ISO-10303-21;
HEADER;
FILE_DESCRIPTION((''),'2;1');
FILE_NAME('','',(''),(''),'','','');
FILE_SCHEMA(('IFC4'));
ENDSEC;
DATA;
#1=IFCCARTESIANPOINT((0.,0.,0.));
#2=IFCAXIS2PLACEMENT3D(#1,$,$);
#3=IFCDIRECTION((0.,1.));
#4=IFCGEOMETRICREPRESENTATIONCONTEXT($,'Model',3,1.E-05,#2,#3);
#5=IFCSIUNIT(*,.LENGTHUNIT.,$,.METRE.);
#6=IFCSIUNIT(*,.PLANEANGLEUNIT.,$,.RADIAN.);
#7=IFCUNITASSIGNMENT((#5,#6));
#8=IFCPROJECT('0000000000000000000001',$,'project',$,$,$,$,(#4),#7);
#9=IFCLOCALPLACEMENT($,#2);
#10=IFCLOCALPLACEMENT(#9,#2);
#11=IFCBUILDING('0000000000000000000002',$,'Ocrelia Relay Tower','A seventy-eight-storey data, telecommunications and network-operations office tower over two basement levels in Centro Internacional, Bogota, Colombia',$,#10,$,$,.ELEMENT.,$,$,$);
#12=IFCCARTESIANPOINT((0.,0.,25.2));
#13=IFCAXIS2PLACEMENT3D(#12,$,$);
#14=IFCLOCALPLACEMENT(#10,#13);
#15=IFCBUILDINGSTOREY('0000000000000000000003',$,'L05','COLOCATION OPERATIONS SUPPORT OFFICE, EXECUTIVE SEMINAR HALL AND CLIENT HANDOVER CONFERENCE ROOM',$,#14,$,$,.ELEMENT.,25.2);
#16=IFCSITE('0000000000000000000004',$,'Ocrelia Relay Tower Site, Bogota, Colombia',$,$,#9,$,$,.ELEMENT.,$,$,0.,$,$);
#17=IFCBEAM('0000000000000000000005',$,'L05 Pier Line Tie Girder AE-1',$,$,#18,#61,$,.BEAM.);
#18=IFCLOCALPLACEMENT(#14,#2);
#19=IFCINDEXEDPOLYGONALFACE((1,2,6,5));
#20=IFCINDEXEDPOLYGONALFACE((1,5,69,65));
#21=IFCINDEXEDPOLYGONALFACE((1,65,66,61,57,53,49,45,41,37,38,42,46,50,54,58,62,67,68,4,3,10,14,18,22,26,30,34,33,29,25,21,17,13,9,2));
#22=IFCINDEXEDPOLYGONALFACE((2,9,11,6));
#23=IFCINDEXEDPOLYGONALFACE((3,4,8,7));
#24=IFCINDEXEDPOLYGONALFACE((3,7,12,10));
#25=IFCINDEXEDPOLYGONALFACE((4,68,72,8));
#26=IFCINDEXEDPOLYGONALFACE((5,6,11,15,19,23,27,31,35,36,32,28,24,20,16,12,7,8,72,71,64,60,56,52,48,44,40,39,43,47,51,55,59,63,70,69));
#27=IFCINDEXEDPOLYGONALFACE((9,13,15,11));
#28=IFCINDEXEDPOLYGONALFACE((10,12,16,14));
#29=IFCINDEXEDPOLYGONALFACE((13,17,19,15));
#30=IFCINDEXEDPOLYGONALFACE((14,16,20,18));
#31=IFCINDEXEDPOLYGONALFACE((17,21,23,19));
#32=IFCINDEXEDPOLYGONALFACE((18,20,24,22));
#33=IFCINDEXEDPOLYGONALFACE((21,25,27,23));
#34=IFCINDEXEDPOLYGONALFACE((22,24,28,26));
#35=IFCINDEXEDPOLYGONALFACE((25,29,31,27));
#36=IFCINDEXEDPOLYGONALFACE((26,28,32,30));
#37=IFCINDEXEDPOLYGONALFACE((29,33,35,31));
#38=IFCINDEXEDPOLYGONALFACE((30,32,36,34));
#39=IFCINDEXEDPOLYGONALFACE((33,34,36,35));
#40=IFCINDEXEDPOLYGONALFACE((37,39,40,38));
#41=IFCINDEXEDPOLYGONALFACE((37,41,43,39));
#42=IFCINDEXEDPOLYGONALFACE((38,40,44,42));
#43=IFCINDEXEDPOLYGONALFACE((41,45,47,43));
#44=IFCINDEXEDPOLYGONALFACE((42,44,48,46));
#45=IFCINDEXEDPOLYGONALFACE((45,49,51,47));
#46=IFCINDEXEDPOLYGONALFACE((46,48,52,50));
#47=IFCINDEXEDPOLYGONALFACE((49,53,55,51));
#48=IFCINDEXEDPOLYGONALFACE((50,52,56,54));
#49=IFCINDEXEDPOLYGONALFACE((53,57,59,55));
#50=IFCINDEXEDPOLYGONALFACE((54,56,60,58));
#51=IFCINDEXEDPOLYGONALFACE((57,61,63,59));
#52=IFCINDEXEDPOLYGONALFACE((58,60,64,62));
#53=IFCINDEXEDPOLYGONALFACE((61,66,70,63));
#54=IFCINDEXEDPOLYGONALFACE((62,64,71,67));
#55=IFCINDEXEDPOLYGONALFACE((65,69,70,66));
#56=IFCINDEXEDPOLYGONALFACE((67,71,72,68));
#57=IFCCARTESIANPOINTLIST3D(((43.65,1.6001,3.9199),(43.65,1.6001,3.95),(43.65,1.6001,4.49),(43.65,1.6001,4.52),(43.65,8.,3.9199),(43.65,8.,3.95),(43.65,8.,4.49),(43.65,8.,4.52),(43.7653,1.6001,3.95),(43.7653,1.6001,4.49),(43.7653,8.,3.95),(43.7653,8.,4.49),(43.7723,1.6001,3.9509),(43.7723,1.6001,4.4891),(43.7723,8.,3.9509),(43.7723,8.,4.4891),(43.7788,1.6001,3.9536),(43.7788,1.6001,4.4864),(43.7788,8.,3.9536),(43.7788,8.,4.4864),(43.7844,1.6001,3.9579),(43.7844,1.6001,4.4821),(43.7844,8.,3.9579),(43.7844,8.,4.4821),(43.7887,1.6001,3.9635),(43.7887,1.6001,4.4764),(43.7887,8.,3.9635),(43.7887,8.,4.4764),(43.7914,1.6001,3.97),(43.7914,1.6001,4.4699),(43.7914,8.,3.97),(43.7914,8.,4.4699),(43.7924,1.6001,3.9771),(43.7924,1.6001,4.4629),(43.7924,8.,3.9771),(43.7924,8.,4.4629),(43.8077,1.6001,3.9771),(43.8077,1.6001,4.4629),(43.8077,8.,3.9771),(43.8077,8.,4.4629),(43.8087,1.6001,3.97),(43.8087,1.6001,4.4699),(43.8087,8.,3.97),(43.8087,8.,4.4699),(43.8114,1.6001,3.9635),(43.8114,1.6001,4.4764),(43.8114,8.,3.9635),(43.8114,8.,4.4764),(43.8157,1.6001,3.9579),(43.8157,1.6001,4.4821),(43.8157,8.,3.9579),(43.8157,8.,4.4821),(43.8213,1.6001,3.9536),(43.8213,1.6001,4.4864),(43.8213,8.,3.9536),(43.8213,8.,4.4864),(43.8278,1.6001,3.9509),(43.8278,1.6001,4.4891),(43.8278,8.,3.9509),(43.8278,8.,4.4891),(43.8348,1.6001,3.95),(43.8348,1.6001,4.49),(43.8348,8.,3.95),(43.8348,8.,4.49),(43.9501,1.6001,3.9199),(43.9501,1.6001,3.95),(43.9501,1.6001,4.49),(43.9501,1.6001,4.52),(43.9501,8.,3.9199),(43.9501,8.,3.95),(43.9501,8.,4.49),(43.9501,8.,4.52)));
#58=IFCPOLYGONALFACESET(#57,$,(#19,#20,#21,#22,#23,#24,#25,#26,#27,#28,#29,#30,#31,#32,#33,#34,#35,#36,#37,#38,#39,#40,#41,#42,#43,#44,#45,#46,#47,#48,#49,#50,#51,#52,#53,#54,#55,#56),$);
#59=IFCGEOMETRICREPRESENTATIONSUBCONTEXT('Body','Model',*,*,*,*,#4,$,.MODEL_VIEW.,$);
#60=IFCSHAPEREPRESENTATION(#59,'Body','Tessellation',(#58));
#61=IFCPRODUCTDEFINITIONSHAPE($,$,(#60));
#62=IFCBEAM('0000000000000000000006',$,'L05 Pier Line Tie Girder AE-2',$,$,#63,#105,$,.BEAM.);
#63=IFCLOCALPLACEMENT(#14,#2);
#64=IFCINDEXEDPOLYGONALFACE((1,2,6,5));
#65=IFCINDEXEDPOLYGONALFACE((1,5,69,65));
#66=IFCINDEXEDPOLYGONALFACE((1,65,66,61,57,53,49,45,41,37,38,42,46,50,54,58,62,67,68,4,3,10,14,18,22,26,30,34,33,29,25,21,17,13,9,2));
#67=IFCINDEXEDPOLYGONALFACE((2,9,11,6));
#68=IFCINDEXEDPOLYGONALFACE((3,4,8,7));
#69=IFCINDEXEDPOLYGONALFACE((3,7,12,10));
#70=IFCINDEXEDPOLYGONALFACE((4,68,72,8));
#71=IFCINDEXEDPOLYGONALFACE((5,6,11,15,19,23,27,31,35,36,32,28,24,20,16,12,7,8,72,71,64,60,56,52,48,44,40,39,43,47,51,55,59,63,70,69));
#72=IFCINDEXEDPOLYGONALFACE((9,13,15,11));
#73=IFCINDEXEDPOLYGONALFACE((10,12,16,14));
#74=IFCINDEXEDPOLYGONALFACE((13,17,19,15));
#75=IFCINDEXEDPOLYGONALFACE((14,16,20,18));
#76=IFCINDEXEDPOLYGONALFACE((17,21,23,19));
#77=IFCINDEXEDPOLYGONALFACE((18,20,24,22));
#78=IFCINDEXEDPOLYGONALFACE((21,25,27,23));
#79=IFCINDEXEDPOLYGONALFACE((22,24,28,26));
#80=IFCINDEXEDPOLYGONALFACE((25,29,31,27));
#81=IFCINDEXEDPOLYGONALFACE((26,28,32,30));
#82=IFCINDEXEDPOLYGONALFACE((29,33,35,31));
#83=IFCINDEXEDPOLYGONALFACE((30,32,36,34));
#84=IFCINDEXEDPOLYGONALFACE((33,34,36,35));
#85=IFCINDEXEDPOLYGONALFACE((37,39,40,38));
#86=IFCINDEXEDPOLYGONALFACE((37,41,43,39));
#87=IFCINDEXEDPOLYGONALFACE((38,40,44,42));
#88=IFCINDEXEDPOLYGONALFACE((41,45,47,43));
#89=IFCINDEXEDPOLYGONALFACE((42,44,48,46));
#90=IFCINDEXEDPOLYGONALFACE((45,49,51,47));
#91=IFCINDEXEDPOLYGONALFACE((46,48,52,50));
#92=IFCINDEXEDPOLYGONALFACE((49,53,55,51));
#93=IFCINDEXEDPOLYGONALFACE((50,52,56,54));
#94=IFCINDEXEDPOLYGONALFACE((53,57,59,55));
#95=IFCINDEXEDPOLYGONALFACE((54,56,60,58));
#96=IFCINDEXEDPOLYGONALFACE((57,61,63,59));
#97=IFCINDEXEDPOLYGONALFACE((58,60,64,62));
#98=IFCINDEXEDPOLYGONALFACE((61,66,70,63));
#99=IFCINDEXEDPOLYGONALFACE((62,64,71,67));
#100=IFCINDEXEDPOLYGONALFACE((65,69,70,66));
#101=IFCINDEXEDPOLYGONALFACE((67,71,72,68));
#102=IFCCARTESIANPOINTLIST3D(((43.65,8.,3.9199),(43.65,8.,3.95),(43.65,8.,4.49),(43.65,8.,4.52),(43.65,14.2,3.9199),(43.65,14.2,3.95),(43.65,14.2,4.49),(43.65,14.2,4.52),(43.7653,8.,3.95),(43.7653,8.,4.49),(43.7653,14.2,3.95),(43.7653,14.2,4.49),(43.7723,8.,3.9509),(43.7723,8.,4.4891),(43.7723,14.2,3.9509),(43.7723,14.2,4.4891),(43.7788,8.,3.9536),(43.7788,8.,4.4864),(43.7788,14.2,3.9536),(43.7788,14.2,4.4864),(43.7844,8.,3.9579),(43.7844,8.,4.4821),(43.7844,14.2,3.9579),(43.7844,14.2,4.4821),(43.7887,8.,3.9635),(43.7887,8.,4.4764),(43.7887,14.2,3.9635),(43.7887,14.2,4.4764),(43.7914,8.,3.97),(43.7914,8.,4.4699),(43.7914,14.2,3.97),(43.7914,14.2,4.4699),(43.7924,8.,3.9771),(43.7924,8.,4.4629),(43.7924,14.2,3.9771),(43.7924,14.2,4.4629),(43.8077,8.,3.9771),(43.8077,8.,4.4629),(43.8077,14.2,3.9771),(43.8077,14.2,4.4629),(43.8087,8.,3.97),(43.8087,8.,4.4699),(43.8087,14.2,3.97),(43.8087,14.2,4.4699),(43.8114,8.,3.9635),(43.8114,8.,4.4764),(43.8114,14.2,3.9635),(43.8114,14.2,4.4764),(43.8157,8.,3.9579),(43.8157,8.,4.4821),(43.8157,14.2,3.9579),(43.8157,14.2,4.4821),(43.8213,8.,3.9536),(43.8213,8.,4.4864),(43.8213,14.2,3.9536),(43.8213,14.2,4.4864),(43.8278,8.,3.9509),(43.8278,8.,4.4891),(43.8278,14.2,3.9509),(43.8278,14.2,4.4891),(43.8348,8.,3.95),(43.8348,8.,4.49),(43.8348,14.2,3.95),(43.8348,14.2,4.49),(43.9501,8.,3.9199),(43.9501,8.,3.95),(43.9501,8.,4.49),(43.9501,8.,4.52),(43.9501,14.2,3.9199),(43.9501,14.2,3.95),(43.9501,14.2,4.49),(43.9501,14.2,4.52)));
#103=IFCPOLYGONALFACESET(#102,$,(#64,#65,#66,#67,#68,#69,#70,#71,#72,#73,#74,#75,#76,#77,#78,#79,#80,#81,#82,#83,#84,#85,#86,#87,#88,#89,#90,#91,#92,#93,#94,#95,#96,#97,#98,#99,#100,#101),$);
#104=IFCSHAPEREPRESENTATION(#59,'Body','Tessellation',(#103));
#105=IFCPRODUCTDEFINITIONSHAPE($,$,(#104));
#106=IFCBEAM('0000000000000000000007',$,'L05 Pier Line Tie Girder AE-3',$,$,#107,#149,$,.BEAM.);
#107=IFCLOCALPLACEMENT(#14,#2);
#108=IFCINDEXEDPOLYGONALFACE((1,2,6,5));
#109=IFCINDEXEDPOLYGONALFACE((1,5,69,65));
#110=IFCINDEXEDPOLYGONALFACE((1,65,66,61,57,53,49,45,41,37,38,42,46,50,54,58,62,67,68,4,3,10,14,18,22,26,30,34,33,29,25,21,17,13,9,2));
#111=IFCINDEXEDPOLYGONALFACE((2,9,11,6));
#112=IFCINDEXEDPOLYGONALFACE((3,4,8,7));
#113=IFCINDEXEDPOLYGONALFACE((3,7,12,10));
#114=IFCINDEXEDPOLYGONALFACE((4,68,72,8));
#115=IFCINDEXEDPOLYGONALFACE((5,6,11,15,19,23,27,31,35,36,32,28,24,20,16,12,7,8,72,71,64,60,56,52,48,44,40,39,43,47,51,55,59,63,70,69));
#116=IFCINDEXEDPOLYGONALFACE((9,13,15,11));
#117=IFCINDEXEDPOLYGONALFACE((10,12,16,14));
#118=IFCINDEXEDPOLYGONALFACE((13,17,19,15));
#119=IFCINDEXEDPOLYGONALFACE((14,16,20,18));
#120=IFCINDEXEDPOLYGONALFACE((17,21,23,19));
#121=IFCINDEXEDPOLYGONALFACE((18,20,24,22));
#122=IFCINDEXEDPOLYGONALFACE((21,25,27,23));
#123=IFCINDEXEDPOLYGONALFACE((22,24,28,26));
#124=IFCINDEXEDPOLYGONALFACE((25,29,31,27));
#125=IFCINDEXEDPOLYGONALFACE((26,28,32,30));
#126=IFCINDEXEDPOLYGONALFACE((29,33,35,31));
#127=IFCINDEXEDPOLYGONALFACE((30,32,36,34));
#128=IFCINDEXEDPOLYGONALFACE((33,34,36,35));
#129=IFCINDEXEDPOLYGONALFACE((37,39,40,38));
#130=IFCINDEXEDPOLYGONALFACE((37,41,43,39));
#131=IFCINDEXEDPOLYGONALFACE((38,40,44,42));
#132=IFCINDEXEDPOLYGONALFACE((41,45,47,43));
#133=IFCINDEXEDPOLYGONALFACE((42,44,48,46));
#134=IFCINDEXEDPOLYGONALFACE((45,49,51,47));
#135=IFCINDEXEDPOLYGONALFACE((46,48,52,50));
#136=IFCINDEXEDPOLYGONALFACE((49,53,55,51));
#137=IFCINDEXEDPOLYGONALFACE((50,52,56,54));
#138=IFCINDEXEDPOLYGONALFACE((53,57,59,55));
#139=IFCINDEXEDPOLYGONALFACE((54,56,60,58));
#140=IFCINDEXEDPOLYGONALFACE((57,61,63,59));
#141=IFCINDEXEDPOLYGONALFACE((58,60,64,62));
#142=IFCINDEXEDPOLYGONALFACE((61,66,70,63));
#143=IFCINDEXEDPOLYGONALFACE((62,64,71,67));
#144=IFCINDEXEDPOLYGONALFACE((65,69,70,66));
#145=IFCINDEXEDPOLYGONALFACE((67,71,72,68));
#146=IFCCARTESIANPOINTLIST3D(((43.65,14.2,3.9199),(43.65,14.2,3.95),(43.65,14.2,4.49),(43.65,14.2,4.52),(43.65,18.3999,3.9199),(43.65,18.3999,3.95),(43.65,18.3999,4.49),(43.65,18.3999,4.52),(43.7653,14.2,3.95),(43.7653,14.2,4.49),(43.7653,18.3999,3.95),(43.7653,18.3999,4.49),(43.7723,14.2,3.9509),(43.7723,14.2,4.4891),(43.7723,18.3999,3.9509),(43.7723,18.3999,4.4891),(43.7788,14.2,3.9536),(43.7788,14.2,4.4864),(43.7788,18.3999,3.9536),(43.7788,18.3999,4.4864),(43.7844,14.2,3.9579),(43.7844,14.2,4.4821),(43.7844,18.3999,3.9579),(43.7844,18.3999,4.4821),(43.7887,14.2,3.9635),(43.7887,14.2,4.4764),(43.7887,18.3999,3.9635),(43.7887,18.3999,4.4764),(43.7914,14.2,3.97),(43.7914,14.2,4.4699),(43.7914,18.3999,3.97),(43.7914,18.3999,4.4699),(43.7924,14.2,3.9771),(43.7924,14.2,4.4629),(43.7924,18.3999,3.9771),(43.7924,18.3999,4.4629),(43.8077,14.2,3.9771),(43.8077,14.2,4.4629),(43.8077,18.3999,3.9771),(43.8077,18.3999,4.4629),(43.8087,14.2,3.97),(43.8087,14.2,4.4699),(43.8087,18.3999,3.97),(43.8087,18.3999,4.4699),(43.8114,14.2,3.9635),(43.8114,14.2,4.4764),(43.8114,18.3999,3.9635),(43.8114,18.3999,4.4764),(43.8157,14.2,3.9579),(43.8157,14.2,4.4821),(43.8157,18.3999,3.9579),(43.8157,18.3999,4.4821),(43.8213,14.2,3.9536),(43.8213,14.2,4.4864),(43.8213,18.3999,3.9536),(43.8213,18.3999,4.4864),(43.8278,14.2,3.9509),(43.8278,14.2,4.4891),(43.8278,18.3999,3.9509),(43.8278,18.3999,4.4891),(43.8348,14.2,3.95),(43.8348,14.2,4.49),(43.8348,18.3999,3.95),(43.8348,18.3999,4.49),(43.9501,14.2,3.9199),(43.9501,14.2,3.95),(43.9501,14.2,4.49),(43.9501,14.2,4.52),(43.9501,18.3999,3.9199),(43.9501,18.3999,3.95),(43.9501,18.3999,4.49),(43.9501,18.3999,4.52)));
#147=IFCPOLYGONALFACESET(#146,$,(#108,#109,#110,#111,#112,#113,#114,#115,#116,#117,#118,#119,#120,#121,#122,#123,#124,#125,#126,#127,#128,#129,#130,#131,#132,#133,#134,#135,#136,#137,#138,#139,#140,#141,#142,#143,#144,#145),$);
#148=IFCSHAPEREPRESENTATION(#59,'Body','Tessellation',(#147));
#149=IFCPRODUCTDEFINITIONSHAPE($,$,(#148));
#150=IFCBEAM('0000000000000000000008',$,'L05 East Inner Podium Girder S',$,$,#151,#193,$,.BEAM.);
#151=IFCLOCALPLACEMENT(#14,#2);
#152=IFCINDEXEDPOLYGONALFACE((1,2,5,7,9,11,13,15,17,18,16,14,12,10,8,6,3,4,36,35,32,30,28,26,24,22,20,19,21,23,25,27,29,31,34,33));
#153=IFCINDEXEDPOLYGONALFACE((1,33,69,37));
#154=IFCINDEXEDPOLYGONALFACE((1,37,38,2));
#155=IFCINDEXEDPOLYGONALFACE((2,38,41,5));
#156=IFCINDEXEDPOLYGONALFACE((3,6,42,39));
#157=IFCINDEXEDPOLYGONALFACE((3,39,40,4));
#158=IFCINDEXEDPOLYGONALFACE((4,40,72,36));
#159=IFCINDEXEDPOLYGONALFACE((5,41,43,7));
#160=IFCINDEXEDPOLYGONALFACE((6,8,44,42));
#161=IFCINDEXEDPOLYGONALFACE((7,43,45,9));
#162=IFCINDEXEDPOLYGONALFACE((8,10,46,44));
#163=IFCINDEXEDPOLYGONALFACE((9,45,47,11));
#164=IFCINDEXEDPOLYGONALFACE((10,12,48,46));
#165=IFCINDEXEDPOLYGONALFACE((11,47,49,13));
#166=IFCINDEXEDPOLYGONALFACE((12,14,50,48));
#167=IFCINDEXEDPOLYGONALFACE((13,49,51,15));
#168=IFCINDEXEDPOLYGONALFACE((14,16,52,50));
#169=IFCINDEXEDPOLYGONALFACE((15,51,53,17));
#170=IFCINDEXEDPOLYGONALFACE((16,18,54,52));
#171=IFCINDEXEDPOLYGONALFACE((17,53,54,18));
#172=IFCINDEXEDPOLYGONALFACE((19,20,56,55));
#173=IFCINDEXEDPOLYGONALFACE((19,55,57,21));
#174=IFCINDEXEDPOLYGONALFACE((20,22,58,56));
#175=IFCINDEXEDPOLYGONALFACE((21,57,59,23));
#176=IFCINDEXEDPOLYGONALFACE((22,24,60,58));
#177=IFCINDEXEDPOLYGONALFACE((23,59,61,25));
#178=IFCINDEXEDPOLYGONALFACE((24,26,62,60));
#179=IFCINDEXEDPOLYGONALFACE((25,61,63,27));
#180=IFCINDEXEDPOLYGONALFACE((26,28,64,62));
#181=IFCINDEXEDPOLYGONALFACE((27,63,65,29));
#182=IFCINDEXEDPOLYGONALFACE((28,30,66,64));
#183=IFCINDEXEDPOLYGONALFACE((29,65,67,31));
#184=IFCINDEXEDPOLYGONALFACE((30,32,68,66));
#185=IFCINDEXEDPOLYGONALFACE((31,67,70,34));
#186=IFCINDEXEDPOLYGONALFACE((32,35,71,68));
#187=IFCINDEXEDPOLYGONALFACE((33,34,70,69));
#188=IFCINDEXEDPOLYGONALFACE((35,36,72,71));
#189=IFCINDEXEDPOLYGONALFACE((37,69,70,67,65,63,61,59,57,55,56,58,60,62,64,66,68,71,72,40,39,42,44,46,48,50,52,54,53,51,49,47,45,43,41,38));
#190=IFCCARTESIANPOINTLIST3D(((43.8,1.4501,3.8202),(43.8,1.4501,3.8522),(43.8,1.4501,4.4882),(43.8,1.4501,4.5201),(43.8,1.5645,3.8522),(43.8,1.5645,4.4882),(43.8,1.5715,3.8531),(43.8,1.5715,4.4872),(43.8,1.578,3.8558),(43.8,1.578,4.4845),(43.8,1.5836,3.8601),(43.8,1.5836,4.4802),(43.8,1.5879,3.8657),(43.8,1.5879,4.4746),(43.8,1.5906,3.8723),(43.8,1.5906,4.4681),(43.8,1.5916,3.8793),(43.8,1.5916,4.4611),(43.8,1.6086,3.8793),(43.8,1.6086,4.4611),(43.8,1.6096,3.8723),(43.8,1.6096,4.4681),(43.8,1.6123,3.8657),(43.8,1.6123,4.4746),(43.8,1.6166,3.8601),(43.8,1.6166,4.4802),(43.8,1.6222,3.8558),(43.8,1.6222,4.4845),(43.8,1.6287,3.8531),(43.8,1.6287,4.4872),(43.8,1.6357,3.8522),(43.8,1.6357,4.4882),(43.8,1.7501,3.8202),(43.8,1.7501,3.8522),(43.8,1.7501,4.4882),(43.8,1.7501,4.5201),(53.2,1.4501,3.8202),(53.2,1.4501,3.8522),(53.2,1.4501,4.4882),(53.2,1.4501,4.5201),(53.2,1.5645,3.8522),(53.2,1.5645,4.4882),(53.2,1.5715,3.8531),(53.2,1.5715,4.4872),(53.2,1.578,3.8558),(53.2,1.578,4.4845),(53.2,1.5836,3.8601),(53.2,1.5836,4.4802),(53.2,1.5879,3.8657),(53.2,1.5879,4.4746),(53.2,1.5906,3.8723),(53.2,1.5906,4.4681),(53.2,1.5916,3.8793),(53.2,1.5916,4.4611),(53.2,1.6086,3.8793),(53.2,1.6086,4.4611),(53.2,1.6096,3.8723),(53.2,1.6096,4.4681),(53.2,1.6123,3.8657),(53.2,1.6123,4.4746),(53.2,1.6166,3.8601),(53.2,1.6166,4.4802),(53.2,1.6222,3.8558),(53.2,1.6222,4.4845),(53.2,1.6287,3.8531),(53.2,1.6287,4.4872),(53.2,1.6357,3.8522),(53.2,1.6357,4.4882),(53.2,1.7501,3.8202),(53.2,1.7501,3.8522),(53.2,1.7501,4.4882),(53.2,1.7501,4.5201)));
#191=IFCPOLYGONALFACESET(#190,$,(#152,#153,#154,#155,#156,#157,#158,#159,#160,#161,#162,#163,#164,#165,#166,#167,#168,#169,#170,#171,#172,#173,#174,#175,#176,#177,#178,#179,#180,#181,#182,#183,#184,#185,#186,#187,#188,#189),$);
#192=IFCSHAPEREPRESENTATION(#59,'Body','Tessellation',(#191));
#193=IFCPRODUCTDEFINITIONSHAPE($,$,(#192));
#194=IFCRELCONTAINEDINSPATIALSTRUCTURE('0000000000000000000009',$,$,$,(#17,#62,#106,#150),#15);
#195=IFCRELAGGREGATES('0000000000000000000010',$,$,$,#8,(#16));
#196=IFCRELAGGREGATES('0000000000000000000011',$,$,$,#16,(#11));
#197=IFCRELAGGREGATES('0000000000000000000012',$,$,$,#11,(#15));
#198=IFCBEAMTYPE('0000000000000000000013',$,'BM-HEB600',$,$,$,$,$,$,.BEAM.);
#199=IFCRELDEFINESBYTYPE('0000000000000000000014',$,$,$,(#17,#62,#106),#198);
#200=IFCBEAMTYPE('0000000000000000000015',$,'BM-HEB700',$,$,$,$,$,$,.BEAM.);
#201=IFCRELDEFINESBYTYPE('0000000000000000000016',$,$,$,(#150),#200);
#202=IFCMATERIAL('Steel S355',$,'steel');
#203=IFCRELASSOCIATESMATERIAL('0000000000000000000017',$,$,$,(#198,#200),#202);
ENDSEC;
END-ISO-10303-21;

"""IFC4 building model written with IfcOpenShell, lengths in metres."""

from ifc_helpers import new_model, si_unit, direction, frame, origin, origin_2d, place, context, subcontext, project, spatial, i_section, extrude, material, material_profile, profile_set, type_object, element, save


model = new_model("IFC4")

# Units and contexts
model_context = context("Model", 3, precision=1e-05, world=origin(), true_north=direction((0.0, 1.0)))
body_context = subcontext(model_context, "Body", "Model", "MODEL_VIEW")
ifc_project = project(units=[si_unit("LENGTHUNIT", "METRE"), si_unit("PLANEANGLEUNIT", "RADIAN")], contexts=[model_context])

# Site, building, storey
site_placement = place(None, origin())
site = spatial("IfcSite", under=ifc_project, at=site_placement, Name="Ocrelia Relay Tower Site, Bogota, Colombia", CompositionType="ELEMENT", RefElevation=0.0)
building_placement = place(site_placement, origin())
building = spatial("IfcBuilding", under=site, at=building_placement, Name="Ocrelia Relay Tower", Description="A seventy-eight-storey data, telecommunications and network-operations office tower over two basement levels in Centro Internacional, Bogota, Colombia", CompositionType="ELEMENT")
storey_placement = place(building_placement, frame((0.0, 0.0, 25.2)))
storey = spatial("IfcBuildingStorey", under=building, at=storey_placement, Name="L05", Description="COLOCATION OPERATIONS SUPPORT OFFICE, EXECUTIVE SEMINAR HALL AND CLIENT HANDOVER CONFERENCE ROOM", CompositionType="ELEMENT", Elevation=25.2)

# Beams
ifc_material_1 = material(Name="Steel S355", Category="steel")
ifc_material_profile_1 = material_profile(ifc_material_1, i_section(OverallWidth=0.3, OverallDepth=0.6001, WebThickness=0.0154, FlangeThickness=0.03, FilletRadius=0.0271, at=origin_2d()), Name="HEB 600")
ifc_profile_set_1 = profile_set([ifc_material_profile_1], Name="Steel S355")
beam_type_1 = type_object("IfcBeamType", Name="BM-HEB600", PredefinedType="BEAM", material=ifc_profile_set_1)
beam_1_placement = place(storey_placement, frame((43.8, 1.6001, 4.22), z_axis=(0.0, 1.0, 0.0), x_axis=(-1.0, 0.0, 0.0)))
element("IfcBeam", 1, at=beam_1_placement, inside=storey, type_object=beam_type_1, Name="L05 Pier Line Tie Girder AE-1", PredefinedType="BEAM", context=body_context, shape_type="SweptSolid", body=[
    extrude(i_section(OverallWidth=0.3, OverallDepth=0.6001, WebThickness=0.0154, FlangeThickness=0.03, FilletRadius=0.0271, at=origin_2d()), origin(), (0.0, 0.0, 1.0), 6.3999),
])
beam_2_placement = place(storey_placement, frame((43.8, 8.0, 4.22), z_axis=(0.0, 1.0, 0.0), x_axis=(-1.0, 0.0, 0.0)))
element("IfcBeam", 2, at=beam_2_placement, inside=storey, type_object=beam_type_1, Name="L05 Pier Line Tie Girder AE-2", PredefinedType="BEAM", context=body_context, shape_type="SweptSolid", body=[
    extrude(i_section(OverallWidth=0.3, OverallDepth=0.6001, WebThickness=0.0154, FlangeThickness=0.03, FilletRadius=0.0271, at=origin_2d()), origin(), (0.0, 0.0, 1.0), 6.2),
])
beam_3_placement = place(storey_placement, frame((43.8, 14.2, 4.22), z_axis=(0.0, 1.0, 0.0), x_axis=(-1.0, 0.0, 0.0)))
element("IfcBeam", 3, at=beam_3_placement, inside=storey, type_object=beam_type_1, Name="L05 Pier Line Tie Girder AE-3", PredefinedType="BEAM", context=body_context, shape_type="SweptSolid", body=[
    extrude(i_section(OverallWidth=0.3, OverallDepth=0.6001, WebThickness=0.0154, FlangeThickness=0.03, FilletRadius=0.0271, at=origin_2d()), origin(), (0.0, 0.0, 1.0), 4.2),
])
ifc_material_profile_2 = material_profile(ifc_material_1, i_section(OverallWidth=0.3, OverallDepth=0.7, WebThickness=0.0171, FlangeThickness=0.032, FilletRadius=0.0271, at=origin_2d()), Name="HEB 700")
ifc_profile_set_2 = profile_set([ifc_material_profile_2], Name="Steel S355")
beam_type_2 = type_object("IfcBeamType", Name="BM-HEB700", PredefinedType="BEAM", material=ifc_profile_set_2)
beam_4_placement = place(storey_placement, frame((43.8, 1.6001, 4.1702), z_axis=(1.0, 0.0, 0.0), x_axis=(0.0, 1.0, 0.0)))
element("IfcBeam", 4, at=beam_4_placement, inside=storey, type_object=beam_type_2, Name="L05 East Inner Podium Girder S", PredefinedType="BEAM", context=body_context, shape_type="SweptSolid", body=[
    extrude(i_section(OverallWidth=0.3, OverallDepth=0.7, WebThickness=0.0171, FlangeThickness=0.032, FilletRadius=0.0271, at=origin_2d()), origin(), (0.0, 0.0, 1.0), 9.3999),
])

save(model, "model.ifc")
